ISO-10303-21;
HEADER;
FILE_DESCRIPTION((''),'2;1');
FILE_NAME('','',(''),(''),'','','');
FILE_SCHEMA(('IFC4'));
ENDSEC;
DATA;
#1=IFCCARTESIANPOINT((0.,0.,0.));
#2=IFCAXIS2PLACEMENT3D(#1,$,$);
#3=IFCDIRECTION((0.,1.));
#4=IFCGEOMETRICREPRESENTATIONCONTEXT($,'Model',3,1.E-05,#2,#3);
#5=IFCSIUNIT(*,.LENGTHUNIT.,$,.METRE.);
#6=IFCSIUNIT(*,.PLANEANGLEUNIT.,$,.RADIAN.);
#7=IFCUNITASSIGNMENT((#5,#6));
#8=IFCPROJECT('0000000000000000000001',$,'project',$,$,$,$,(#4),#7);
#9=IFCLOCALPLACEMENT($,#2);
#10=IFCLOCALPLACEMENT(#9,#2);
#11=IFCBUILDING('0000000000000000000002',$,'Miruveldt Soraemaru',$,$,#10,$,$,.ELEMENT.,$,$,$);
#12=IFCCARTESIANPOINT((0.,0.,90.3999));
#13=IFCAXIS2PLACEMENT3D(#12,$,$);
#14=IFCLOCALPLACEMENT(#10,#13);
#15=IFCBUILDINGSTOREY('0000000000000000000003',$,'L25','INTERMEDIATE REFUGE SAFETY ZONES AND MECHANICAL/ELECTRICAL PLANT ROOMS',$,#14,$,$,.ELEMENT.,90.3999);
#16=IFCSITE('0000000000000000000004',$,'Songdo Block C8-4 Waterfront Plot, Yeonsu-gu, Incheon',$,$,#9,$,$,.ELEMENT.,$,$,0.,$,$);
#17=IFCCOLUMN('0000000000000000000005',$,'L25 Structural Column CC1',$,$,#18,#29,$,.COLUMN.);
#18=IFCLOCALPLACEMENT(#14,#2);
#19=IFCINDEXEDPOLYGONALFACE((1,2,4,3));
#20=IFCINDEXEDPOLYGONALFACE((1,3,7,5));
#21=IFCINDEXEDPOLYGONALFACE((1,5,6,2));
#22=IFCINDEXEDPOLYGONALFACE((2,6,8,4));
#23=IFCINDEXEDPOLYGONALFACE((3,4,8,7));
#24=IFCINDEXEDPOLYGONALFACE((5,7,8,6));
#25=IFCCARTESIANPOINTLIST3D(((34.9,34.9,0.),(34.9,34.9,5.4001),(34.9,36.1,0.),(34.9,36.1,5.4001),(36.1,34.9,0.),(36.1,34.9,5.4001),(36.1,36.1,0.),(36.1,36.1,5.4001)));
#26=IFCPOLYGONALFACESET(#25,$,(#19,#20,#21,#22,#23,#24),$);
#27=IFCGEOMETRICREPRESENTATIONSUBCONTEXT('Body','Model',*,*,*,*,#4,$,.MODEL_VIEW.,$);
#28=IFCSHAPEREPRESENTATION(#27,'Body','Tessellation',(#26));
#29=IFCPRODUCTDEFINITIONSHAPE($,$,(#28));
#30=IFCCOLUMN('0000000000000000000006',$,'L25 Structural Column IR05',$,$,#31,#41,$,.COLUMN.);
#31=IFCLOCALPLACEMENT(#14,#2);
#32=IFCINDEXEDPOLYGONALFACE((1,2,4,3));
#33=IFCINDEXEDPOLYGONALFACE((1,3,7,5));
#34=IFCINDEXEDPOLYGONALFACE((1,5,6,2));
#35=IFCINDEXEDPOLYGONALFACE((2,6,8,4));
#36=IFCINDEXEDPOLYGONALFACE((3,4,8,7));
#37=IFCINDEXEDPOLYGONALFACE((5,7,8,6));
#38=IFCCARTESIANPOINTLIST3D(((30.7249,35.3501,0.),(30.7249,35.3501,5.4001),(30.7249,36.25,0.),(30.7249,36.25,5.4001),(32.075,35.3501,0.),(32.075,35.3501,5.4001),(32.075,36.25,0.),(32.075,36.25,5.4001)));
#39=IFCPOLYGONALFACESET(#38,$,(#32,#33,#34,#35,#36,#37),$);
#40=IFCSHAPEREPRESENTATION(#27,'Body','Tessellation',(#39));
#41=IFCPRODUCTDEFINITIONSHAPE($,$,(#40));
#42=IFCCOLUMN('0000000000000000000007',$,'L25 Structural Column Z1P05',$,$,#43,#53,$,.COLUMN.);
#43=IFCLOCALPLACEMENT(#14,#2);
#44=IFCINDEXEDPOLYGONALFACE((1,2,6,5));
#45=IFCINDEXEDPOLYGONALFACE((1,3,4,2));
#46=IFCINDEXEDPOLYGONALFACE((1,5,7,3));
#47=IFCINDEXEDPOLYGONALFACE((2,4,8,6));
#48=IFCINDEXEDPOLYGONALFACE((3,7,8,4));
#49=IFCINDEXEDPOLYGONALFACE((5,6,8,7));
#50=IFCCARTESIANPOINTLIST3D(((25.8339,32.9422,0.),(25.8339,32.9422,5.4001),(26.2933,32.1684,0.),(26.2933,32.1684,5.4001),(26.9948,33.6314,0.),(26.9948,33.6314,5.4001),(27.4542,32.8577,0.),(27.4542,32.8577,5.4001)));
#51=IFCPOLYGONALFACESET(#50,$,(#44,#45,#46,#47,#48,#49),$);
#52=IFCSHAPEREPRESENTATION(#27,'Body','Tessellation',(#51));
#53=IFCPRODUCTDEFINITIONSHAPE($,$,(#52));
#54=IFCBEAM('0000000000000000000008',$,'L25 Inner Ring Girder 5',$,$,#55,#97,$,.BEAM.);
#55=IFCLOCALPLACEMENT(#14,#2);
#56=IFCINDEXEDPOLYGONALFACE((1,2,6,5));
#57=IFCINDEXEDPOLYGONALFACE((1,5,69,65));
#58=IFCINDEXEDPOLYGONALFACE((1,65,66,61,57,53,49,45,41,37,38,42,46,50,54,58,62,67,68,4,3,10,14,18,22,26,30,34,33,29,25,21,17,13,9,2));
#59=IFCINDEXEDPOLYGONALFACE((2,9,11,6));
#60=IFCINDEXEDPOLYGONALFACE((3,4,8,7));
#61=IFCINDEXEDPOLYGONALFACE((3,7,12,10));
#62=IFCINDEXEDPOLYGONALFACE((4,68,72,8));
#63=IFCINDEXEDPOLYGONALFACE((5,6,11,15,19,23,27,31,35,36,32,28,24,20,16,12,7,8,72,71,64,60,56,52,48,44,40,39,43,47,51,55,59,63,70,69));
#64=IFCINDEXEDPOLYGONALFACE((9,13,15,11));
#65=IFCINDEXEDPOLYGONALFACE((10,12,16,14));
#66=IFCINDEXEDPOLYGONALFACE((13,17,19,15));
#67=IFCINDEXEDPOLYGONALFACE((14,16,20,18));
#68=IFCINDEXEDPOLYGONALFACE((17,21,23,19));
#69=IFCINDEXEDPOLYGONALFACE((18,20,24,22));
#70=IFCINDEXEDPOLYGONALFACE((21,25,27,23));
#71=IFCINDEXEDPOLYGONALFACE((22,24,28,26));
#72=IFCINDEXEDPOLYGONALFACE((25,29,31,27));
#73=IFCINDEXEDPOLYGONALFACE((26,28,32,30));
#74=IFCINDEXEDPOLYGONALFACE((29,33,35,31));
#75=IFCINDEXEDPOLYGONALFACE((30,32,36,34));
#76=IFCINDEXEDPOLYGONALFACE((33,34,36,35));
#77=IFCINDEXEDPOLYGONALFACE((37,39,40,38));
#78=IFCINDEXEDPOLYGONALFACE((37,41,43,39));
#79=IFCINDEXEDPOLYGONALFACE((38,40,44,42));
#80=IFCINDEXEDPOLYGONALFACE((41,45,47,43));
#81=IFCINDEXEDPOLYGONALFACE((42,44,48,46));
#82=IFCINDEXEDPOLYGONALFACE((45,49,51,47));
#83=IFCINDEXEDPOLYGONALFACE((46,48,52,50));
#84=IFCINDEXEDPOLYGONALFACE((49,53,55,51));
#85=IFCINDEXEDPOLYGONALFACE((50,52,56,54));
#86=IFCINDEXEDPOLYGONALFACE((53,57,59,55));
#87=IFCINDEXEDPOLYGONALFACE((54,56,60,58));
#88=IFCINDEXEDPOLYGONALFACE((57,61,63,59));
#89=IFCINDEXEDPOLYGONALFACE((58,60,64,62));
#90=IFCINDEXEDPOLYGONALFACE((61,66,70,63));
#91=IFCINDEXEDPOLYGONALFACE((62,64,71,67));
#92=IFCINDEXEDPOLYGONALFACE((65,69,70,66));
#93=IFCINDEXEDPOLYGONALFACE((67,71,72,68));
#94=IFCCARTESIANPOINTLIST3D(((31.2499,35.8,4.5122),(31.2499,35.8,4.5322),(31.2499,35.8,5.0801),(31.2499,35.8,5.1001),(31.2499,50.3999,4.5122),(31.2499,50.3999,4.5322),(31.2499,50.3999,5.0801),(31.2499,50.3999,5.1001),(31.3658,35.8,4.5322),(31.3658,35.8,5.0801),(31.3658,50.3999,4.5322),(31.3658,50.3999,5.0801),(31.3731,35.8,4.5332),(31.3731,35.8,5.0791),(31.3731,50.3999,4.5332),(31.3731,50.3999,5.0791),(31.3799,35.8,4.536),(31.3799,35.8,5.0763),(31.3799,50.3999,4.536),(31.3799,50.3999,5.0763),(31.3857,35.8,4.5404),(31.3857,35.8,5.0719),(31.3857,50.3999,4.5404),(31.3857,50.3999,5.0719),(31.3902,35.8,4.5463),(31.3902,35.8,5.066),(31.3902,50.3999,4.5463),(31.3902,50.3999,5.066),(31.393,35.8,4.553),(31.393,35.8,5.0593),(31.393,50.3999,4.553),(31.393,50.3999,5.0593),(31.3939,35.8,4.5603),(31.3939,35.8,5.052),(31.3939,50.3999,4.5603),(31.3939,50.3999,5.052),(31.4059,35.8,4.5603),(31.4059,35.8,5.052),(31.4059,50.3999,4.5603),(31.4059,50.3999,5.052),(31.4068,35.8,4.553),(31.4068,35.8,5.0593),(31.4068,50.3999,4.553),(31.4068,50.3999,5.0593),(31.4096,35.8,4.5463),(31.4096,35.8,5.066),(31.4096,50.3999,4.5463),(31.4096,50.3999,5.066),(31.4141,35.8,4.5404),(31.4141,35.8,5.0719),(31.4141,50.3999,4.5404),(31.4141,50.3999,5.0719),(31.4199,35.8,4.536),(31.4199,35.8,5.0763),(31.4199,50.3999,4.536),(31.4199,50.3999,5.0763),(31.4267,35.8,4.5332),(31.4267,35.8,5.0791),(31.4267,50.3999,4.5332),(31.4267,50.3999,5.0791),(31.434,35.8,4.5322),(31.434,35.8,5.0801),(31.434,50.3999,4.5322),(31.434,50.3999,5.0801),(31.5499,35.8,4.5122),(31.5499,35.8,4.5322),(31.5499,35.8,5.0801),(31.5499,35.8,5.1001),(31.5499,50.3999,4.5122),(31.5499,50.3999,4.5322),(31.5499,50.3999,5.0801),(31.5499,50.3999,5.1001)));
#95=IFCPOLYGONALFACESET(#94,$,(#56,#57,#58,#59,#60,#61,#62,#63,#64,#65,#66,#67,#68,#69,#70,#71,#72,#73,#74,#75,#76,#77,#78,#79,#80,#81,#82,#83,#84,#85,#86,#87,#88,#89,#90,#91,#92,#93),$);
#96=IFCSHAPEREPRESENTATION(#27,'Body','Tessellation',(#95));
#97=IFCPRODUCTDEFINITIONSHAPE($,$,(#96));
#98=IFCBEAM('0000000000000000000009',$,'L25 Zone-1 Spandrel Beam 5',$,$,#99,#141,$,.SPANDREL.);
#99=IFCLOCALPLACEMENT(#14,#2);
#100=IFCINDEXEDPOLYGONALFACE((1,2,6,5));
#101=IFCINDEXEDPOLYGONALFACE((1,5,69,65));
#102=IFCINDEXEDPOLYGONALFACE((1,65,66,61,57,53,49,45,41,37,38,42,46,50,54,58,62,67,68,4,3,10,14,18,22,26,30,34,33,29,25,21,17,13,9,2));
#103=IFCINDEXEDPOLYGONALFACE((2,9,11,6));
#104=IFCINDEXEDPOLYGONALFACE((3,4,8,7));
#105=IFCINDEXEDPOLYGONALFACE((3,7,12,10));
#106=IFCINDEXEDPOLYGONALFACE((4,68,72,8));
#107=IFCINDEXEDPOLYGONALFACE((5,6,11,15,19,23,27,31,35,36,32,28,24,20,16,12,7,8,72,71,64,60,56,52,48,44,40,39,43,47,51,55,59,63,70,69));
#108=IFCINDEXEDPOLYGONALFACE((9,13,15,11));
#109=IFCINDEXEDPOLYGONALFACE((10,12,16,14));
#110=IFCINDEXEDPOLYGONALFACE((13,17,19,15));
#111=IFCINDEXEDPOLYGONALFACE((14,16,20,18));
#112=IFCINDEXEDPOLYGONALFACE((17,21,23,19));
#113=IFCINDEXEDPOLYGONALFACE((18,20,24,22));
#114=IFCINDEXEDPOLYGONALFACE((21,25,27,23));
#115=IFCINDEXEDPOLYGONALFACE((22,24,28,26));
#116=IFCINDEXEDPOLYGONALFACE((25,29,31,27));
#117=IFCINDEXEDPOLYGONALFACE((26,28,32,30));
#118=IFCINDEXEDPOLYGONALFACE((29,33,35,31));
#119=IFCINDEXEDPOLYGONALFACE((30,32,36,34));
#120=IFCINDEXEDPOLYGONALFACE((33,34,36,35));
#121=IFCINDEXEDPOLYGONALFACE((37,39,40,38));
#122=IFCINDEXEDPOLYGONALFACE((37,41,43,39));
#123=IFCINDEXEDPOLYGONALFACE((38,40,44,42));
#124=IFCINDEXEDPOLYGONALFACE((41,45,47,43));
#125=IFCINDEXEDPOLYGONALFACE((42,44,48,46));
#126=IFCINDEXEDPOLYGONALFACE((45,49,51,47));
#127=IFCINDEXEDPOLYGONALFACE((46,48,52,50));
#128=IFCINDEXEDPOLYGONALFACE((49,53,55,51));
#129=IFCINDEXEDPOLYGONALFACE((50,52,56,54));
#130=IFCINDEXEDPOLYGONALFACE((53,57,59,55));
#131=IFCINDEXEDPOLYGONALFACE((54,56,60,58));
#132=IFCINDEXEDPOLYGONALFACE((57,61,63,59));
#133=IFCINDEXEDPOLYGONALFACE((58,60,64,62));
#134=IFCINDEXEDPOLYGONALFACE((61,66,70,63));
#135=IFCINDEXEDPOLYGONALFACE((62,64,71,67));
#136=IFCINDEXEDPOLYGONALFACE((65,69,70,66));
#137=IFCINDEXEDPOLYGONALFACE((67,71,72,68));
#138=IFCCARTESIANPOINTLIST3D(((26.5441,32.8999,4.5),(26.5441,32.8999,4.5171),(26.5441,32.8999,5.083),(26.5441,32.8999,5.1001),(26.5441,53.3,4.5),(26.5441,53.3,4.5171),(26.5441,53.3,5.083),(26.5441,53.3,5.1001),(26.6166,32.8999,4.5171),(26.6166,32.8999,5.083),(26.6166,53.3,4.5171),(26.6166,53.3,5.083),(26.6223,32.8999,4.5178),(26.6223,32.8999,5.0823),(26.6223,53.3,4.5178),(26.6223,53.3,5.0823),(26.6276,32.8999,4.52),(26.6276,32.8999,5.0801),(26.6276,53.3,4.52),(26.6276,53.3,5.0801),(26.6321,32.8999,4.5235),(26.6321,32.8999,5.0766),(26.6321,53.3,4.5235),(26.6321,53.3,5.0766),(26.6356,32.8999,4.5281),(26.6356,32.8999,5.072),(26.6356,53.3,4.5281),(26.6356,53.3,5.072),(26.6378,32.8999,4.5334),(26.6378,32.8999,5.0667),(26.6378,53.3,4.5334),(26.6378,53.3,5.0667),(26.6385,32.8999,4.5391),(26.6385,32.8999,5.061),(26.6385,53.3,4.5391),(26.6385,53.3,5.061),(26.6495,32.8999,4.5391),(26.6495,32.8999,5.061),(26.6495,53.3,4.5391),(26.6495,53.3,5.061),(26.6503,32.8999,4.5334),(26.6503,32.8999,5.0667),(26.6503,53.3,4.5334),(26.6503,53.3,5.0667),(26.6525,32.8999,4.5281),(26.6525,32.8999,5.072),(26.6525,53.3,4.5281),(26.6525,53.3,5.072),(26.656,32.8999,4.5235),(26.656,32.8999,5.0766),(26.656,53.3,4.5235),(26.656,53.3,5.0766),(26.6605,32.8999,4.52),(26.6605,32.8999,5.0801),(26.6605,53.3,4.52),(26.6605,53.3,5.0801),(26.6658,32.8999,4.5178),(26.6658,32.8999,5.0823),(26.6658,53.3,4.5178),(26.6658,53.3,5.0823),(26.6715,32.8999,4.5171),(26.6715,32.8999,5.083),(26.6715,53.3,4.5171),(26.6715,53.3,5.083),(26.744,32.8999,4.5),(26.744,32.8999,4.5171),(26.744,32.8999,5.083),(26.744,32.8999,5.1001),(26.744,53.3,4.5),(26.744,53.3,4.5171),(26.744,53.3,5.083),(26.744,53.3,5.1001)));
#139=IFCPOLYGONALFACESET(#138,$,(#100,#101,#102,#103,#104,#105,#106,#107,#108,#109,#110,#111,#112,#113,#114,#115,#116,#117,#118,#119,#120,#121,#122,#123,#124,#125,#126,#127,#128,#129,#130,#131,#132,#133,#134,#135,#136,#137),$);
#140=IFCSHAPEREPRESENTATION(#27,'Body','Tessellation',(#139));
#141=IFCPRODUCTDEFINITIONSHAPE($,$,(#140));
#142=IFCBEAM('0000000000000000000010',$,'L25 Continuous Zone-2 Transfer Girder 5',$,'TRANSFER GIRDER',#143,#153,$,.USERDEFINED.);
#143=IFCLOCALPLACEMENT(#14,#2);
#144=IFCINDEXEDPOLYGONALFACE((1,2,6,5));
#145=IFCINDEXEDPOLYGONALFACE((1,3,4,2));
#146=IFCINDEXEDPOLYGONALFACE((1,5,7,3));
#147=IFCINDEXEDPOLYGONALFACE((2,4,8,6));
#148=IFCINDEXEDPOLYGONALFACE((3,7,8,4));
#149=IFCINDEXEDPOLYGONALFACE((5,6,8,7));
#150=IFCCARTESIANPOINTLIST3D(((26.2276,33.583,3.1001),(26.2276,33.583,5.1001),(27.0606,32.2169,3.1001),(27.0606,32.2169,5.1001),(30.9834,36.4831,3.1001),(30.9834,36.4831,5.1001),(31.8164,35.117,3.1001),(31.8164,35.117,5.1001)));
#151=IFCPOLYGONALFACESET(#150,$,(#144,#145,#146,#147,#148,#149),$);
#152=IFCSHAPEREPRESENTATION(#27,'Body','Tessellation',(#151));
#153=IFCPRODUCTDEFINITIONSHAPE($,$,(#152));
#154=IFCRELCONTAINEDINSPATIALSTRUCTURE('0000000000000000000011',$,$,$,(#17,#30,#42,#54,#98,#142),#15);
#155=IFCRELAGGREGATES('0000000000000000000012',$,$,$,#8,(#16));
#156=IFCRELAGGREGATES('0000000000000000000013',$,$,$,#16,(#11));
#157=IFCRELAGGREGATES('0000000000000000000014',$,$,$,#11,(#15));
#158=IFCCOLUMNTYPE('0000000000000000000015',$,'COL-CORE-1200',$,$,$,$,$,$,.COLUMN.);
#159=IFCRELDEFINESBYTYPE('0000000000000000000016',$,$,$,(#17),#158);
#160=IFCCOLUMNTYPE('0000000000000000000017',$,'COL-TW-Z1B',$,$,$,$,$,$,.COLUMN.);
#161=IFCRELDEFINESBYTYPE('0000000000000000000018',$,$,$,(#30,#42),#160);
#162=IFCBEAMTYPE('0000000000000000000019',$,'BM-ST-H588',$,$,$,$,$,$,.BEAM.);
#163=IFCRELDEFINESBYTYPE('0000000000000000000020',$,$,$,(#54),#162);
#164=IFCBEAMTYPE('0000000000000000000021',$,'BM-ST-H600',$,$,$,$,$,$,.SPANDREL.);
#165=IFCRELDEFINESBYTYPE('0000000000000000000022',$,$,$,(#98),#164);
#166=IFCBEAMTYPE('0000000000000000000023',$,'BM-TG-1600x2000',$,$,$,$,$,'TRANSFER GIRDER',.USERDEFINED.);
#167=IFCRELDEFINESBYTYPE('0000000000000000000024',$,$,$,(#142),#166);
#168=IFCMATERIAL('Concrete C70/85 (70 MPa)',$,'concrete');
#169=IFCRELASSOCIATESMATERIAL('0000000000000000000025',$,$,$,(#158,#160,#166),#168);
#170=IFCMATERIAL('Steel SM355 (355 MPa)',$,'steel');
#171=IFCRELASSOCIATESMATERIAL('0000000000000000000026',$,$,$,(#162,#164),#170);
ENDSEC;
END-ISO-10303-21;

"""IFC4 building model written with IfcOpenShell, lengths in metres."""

from ifc_helpers import new_model, si_unit, direction, frame, origin, origin_2d, place, context, subcontext, project, spatial, rectangle, i_section, extrude, material, material_profile, profile_set, type_object, element, save


model = new_model("IFC4")

# Units and contexts
model_context = context("Model", 3, precision=1e-05, world=origin(), true_north=direction((0.0, 1.0)))
body_context = subcontext(model_context, "Body", "Model", "MODEL_VIEW")
ifc_project = project(units=[si_unit("LENGTHUNIT", "METRE"), si_unit("PLANEANGLEUNIT", "RADIAN")], contexts=[model_context])

# Site, building, storey
site_placement = place(None, origin())
site = spatial("IfcSite", under=ifc_project, at=site_placement, Name="Songdo Block C8-4 Waterfront Plot, Yeonsu-gu, Incheon", CompositionType="ELEMENT", RefElevation=0.0)
building_placement = place(site_placement, origin())
building = spatial("IfcBuilding", under=site, at=building_placement, Name="Miruveldt Soraemaru", CompositionType="ELEMENT")
storey_placement = place(building_placement, frame((0.0, 0.0, 90.3999)))
storey = spatial("IfcBuildingStorey", under=building, at=storey_placement, Name="L25", Description="INTERMEDIATE REFUGE SAFETY ZONES AND MECHANICAL/ELECTRICAL PLANT ROOMS", CompositionType="ELEMENT", Elevation=90.3999)

# Columns
ifc_material_1 = material(Name="Concrete C70/85 (70 MPa)", Category="concrete")
ifc_material_profile_1 = material_profile(ifc_material_1, rectangle(XDim=1.2, YDim=1.2, at=origin_2d()), Name="Concrete C70/85 (70 MPa)", Category="concrete")
ifc_profile_set_1 = profile_set([ifc_material_profile_1], Name="Concrete C70/85 (70 MPa)")
column_type_1 = type_object("IfcColumnType", Name="COL-CORE-1200", PredefinedType="COLUMN", material=ifc_profile_set_1)
column_placement = place(storey_placement, frame((35.5, 35.5, 0.0), z_axis=(0.0, 0.0, 1.0), x_axis=(1.0, 0.0, 0.0)))
element("IfcColumn", 1, at=column_placement, inside=storey, type_object=column_type_1, Name="L25 Structural Column CC1", PredefinedType="COLUMN", context=body_context, shape_type="SweptSolid", body=[
    extrude(rectangle(XDim=1.2, YDim=1.2, at=origin_2d()), origin(), (0.0, 0.0, 1.0), 5.4001),
])
ifc_material_profile_2 = material_profile(ifc_material_1, rectangle(XDim=1.3501, YDim=0.8999, at=origin_2d()), Name="Concrete C70/85 (70 MPa)", Category="concrete")
ifc_profile_set_2 = profile_set([ifc_material_profile_2], Name="Concrete C70/85 (70 MPa)")
column_type_2 = type_object("IfcColumnType", Name="COL-TW-Z1B", PredefinedType="COLUMN", material=ifc_profile_set_2)
for number, where, z_axis, x_axis, name in (
    (2, (31.3999, 35.8, 0.0), (0.0, 0.0, 1.0), (1.0, 0.0, 0.0), "L25 Structural Column IR05"),
    (3, (26.644, 32.8999, 0.0), (0.0, 0.0, 1.0), (0.859852, 0.510543, 0.0), "L25 Structural Column Z1P05"),
):
    element("IfcColumn", number, at=place(storey_placement, frame(where, z_axis=z_axis, x_axis=x_axis)), inside=storey, type_object=column_type_2, Name=name, PredefinedType="COLUMN", context=body_context, shape_type="SweptSolid", body=[
        extrude(rectangle(XDim=1.3501, YDim=0.8999, at=origin_2d()), origin(), (0.0, 0.0, 1.0), 5.4001),
    ])

# Beams
ifc_material_2 = material(Name="Steel SM355 (355 MPa)", Category="steel")
ifc_material_profile_3 = material_profile(ifc_material_2, i_section(OverallWidth=0.3, OverallDepth=0.5879, WebThickness=0.012, FlangeThickness=0.02, FilletRadius=0.0281, at=origin_2d()), Name="Steel SM355 (355 MPa)", Category="steel")
ifc_profile_set_3 = profile_set([ifc_material_profile_3], Name="Steel SM355 (355 MPa)")
beam_type_1 = type_object("IfcBeamType", Name="BM-ST-H588", PredefinedType="BEAM", material=ifc_profile_set_3)
beam_1_placement = place(storey_placement, frame((31.3999, 35.8, 4.8062), z_axis=(0.0, 1.0, 0.0), x_axis=(-1.0, 0.0, 0.0)))
element("IfcBeam", 4, at=beam_1_placement, inside=storey, type_object=beam_type_1, Name="L25 Inner Ring Girder 5", PredefinedType="BEAM", context=body_context, shape_type="SweptSolid", body=[
    extrude(i_section(OverallWidth=0.3, OverallDepth=0.5879, WebThickness=0.012, FlangeThickness=0.02, FilletRadius=0.0281, at=origin_2d()), origin(), (0.0, 0.0, 1.0), 14.5999),
])
ifc_material_profile_4 = material_profile(ifc_material_2, i_section(OverallWidth=0.2, OverallDepth=0.6001, WebThickness=0.011, FlangeThickness=0.0171, FilletRadius=0.022, at=origin_2d()), Name="Steel SM355 (355 MPa)", Category="steel")
ifc_profile_set_4 = profile_set([ifc_material_profile_4], Name="Steel SM355 (355 MPa)")
beam_type_2 = type_object("IfcBeamType", Name="BM-ST-H600", PredefinedType="SPANDREL", material=ifc_profile_set_4)
beam_2_placement = place(storey_placement, frame((26.644, 32.8999, 4.8), z_axis=(0.0, 1.0, 0.0), x_axis=(-1.0, 0.0, 0.0)))
element("IfcBeam", 5, at=beam_2_placement, inside=storey, type_object=beam_type_2, Name="L25 Zone-1 Spandrel Beam 5", PredefinedType="SPANDREL", context=body_context, shape_type="SweptSolid", body=[
    extrude(i_section(OverallWidth=0.2, OverallDepth=0.6001, WebThickness=0.011, FlangeThickness=0.0171, FilletRadius=0.022, at=origin_2d()), origin(), (0.0, 0.0, 1.0), 20.4001),
])
ifc_material_profile_5 = material_profile(ifc_material_1, rectangle(XDim=1.6001, YDim=2.0, at=origin_2d()), Name="Concrete C70/85 (70 MPa)", Category="concrete")
ifc_profile_set_5 = profile_set([ifc_material_profile_5], Name="Concrete C70/85 (70 MPa)")
beam_type_3 = type_object("IfcBeamType", Name="BM-TG-1600x2000", ElementType="TRANSFER GIRDER", PredefinedType="USERDEFINED", material=ifc_profile_set_5)
beam_3_placement = place(storey_placement, frame((31.3999, 35.8, 4.1001), z_axis=(-0.853778, -0.520638, 0.0), x_axis=(0.520638, -0.853778, 0.0)))
element("IfcBeam", 6, at=beam_3_placement, inside=storey, type_object=beam_type_3, Name="L25 Continuous Zone-2 Transfer Girder 5", ObjectType="TRANSFER GIRDER", PredefinedType="USERDEFINED", context=body_context, shape_type="SweptSolid", body=[
    extrude(rectangle(XDim=1.6001, YDim=2.0, at=origin_2d()), origin(), (0.0, 0.0, 1.0), 5.5703),
])

save(model, "model.ifc")
